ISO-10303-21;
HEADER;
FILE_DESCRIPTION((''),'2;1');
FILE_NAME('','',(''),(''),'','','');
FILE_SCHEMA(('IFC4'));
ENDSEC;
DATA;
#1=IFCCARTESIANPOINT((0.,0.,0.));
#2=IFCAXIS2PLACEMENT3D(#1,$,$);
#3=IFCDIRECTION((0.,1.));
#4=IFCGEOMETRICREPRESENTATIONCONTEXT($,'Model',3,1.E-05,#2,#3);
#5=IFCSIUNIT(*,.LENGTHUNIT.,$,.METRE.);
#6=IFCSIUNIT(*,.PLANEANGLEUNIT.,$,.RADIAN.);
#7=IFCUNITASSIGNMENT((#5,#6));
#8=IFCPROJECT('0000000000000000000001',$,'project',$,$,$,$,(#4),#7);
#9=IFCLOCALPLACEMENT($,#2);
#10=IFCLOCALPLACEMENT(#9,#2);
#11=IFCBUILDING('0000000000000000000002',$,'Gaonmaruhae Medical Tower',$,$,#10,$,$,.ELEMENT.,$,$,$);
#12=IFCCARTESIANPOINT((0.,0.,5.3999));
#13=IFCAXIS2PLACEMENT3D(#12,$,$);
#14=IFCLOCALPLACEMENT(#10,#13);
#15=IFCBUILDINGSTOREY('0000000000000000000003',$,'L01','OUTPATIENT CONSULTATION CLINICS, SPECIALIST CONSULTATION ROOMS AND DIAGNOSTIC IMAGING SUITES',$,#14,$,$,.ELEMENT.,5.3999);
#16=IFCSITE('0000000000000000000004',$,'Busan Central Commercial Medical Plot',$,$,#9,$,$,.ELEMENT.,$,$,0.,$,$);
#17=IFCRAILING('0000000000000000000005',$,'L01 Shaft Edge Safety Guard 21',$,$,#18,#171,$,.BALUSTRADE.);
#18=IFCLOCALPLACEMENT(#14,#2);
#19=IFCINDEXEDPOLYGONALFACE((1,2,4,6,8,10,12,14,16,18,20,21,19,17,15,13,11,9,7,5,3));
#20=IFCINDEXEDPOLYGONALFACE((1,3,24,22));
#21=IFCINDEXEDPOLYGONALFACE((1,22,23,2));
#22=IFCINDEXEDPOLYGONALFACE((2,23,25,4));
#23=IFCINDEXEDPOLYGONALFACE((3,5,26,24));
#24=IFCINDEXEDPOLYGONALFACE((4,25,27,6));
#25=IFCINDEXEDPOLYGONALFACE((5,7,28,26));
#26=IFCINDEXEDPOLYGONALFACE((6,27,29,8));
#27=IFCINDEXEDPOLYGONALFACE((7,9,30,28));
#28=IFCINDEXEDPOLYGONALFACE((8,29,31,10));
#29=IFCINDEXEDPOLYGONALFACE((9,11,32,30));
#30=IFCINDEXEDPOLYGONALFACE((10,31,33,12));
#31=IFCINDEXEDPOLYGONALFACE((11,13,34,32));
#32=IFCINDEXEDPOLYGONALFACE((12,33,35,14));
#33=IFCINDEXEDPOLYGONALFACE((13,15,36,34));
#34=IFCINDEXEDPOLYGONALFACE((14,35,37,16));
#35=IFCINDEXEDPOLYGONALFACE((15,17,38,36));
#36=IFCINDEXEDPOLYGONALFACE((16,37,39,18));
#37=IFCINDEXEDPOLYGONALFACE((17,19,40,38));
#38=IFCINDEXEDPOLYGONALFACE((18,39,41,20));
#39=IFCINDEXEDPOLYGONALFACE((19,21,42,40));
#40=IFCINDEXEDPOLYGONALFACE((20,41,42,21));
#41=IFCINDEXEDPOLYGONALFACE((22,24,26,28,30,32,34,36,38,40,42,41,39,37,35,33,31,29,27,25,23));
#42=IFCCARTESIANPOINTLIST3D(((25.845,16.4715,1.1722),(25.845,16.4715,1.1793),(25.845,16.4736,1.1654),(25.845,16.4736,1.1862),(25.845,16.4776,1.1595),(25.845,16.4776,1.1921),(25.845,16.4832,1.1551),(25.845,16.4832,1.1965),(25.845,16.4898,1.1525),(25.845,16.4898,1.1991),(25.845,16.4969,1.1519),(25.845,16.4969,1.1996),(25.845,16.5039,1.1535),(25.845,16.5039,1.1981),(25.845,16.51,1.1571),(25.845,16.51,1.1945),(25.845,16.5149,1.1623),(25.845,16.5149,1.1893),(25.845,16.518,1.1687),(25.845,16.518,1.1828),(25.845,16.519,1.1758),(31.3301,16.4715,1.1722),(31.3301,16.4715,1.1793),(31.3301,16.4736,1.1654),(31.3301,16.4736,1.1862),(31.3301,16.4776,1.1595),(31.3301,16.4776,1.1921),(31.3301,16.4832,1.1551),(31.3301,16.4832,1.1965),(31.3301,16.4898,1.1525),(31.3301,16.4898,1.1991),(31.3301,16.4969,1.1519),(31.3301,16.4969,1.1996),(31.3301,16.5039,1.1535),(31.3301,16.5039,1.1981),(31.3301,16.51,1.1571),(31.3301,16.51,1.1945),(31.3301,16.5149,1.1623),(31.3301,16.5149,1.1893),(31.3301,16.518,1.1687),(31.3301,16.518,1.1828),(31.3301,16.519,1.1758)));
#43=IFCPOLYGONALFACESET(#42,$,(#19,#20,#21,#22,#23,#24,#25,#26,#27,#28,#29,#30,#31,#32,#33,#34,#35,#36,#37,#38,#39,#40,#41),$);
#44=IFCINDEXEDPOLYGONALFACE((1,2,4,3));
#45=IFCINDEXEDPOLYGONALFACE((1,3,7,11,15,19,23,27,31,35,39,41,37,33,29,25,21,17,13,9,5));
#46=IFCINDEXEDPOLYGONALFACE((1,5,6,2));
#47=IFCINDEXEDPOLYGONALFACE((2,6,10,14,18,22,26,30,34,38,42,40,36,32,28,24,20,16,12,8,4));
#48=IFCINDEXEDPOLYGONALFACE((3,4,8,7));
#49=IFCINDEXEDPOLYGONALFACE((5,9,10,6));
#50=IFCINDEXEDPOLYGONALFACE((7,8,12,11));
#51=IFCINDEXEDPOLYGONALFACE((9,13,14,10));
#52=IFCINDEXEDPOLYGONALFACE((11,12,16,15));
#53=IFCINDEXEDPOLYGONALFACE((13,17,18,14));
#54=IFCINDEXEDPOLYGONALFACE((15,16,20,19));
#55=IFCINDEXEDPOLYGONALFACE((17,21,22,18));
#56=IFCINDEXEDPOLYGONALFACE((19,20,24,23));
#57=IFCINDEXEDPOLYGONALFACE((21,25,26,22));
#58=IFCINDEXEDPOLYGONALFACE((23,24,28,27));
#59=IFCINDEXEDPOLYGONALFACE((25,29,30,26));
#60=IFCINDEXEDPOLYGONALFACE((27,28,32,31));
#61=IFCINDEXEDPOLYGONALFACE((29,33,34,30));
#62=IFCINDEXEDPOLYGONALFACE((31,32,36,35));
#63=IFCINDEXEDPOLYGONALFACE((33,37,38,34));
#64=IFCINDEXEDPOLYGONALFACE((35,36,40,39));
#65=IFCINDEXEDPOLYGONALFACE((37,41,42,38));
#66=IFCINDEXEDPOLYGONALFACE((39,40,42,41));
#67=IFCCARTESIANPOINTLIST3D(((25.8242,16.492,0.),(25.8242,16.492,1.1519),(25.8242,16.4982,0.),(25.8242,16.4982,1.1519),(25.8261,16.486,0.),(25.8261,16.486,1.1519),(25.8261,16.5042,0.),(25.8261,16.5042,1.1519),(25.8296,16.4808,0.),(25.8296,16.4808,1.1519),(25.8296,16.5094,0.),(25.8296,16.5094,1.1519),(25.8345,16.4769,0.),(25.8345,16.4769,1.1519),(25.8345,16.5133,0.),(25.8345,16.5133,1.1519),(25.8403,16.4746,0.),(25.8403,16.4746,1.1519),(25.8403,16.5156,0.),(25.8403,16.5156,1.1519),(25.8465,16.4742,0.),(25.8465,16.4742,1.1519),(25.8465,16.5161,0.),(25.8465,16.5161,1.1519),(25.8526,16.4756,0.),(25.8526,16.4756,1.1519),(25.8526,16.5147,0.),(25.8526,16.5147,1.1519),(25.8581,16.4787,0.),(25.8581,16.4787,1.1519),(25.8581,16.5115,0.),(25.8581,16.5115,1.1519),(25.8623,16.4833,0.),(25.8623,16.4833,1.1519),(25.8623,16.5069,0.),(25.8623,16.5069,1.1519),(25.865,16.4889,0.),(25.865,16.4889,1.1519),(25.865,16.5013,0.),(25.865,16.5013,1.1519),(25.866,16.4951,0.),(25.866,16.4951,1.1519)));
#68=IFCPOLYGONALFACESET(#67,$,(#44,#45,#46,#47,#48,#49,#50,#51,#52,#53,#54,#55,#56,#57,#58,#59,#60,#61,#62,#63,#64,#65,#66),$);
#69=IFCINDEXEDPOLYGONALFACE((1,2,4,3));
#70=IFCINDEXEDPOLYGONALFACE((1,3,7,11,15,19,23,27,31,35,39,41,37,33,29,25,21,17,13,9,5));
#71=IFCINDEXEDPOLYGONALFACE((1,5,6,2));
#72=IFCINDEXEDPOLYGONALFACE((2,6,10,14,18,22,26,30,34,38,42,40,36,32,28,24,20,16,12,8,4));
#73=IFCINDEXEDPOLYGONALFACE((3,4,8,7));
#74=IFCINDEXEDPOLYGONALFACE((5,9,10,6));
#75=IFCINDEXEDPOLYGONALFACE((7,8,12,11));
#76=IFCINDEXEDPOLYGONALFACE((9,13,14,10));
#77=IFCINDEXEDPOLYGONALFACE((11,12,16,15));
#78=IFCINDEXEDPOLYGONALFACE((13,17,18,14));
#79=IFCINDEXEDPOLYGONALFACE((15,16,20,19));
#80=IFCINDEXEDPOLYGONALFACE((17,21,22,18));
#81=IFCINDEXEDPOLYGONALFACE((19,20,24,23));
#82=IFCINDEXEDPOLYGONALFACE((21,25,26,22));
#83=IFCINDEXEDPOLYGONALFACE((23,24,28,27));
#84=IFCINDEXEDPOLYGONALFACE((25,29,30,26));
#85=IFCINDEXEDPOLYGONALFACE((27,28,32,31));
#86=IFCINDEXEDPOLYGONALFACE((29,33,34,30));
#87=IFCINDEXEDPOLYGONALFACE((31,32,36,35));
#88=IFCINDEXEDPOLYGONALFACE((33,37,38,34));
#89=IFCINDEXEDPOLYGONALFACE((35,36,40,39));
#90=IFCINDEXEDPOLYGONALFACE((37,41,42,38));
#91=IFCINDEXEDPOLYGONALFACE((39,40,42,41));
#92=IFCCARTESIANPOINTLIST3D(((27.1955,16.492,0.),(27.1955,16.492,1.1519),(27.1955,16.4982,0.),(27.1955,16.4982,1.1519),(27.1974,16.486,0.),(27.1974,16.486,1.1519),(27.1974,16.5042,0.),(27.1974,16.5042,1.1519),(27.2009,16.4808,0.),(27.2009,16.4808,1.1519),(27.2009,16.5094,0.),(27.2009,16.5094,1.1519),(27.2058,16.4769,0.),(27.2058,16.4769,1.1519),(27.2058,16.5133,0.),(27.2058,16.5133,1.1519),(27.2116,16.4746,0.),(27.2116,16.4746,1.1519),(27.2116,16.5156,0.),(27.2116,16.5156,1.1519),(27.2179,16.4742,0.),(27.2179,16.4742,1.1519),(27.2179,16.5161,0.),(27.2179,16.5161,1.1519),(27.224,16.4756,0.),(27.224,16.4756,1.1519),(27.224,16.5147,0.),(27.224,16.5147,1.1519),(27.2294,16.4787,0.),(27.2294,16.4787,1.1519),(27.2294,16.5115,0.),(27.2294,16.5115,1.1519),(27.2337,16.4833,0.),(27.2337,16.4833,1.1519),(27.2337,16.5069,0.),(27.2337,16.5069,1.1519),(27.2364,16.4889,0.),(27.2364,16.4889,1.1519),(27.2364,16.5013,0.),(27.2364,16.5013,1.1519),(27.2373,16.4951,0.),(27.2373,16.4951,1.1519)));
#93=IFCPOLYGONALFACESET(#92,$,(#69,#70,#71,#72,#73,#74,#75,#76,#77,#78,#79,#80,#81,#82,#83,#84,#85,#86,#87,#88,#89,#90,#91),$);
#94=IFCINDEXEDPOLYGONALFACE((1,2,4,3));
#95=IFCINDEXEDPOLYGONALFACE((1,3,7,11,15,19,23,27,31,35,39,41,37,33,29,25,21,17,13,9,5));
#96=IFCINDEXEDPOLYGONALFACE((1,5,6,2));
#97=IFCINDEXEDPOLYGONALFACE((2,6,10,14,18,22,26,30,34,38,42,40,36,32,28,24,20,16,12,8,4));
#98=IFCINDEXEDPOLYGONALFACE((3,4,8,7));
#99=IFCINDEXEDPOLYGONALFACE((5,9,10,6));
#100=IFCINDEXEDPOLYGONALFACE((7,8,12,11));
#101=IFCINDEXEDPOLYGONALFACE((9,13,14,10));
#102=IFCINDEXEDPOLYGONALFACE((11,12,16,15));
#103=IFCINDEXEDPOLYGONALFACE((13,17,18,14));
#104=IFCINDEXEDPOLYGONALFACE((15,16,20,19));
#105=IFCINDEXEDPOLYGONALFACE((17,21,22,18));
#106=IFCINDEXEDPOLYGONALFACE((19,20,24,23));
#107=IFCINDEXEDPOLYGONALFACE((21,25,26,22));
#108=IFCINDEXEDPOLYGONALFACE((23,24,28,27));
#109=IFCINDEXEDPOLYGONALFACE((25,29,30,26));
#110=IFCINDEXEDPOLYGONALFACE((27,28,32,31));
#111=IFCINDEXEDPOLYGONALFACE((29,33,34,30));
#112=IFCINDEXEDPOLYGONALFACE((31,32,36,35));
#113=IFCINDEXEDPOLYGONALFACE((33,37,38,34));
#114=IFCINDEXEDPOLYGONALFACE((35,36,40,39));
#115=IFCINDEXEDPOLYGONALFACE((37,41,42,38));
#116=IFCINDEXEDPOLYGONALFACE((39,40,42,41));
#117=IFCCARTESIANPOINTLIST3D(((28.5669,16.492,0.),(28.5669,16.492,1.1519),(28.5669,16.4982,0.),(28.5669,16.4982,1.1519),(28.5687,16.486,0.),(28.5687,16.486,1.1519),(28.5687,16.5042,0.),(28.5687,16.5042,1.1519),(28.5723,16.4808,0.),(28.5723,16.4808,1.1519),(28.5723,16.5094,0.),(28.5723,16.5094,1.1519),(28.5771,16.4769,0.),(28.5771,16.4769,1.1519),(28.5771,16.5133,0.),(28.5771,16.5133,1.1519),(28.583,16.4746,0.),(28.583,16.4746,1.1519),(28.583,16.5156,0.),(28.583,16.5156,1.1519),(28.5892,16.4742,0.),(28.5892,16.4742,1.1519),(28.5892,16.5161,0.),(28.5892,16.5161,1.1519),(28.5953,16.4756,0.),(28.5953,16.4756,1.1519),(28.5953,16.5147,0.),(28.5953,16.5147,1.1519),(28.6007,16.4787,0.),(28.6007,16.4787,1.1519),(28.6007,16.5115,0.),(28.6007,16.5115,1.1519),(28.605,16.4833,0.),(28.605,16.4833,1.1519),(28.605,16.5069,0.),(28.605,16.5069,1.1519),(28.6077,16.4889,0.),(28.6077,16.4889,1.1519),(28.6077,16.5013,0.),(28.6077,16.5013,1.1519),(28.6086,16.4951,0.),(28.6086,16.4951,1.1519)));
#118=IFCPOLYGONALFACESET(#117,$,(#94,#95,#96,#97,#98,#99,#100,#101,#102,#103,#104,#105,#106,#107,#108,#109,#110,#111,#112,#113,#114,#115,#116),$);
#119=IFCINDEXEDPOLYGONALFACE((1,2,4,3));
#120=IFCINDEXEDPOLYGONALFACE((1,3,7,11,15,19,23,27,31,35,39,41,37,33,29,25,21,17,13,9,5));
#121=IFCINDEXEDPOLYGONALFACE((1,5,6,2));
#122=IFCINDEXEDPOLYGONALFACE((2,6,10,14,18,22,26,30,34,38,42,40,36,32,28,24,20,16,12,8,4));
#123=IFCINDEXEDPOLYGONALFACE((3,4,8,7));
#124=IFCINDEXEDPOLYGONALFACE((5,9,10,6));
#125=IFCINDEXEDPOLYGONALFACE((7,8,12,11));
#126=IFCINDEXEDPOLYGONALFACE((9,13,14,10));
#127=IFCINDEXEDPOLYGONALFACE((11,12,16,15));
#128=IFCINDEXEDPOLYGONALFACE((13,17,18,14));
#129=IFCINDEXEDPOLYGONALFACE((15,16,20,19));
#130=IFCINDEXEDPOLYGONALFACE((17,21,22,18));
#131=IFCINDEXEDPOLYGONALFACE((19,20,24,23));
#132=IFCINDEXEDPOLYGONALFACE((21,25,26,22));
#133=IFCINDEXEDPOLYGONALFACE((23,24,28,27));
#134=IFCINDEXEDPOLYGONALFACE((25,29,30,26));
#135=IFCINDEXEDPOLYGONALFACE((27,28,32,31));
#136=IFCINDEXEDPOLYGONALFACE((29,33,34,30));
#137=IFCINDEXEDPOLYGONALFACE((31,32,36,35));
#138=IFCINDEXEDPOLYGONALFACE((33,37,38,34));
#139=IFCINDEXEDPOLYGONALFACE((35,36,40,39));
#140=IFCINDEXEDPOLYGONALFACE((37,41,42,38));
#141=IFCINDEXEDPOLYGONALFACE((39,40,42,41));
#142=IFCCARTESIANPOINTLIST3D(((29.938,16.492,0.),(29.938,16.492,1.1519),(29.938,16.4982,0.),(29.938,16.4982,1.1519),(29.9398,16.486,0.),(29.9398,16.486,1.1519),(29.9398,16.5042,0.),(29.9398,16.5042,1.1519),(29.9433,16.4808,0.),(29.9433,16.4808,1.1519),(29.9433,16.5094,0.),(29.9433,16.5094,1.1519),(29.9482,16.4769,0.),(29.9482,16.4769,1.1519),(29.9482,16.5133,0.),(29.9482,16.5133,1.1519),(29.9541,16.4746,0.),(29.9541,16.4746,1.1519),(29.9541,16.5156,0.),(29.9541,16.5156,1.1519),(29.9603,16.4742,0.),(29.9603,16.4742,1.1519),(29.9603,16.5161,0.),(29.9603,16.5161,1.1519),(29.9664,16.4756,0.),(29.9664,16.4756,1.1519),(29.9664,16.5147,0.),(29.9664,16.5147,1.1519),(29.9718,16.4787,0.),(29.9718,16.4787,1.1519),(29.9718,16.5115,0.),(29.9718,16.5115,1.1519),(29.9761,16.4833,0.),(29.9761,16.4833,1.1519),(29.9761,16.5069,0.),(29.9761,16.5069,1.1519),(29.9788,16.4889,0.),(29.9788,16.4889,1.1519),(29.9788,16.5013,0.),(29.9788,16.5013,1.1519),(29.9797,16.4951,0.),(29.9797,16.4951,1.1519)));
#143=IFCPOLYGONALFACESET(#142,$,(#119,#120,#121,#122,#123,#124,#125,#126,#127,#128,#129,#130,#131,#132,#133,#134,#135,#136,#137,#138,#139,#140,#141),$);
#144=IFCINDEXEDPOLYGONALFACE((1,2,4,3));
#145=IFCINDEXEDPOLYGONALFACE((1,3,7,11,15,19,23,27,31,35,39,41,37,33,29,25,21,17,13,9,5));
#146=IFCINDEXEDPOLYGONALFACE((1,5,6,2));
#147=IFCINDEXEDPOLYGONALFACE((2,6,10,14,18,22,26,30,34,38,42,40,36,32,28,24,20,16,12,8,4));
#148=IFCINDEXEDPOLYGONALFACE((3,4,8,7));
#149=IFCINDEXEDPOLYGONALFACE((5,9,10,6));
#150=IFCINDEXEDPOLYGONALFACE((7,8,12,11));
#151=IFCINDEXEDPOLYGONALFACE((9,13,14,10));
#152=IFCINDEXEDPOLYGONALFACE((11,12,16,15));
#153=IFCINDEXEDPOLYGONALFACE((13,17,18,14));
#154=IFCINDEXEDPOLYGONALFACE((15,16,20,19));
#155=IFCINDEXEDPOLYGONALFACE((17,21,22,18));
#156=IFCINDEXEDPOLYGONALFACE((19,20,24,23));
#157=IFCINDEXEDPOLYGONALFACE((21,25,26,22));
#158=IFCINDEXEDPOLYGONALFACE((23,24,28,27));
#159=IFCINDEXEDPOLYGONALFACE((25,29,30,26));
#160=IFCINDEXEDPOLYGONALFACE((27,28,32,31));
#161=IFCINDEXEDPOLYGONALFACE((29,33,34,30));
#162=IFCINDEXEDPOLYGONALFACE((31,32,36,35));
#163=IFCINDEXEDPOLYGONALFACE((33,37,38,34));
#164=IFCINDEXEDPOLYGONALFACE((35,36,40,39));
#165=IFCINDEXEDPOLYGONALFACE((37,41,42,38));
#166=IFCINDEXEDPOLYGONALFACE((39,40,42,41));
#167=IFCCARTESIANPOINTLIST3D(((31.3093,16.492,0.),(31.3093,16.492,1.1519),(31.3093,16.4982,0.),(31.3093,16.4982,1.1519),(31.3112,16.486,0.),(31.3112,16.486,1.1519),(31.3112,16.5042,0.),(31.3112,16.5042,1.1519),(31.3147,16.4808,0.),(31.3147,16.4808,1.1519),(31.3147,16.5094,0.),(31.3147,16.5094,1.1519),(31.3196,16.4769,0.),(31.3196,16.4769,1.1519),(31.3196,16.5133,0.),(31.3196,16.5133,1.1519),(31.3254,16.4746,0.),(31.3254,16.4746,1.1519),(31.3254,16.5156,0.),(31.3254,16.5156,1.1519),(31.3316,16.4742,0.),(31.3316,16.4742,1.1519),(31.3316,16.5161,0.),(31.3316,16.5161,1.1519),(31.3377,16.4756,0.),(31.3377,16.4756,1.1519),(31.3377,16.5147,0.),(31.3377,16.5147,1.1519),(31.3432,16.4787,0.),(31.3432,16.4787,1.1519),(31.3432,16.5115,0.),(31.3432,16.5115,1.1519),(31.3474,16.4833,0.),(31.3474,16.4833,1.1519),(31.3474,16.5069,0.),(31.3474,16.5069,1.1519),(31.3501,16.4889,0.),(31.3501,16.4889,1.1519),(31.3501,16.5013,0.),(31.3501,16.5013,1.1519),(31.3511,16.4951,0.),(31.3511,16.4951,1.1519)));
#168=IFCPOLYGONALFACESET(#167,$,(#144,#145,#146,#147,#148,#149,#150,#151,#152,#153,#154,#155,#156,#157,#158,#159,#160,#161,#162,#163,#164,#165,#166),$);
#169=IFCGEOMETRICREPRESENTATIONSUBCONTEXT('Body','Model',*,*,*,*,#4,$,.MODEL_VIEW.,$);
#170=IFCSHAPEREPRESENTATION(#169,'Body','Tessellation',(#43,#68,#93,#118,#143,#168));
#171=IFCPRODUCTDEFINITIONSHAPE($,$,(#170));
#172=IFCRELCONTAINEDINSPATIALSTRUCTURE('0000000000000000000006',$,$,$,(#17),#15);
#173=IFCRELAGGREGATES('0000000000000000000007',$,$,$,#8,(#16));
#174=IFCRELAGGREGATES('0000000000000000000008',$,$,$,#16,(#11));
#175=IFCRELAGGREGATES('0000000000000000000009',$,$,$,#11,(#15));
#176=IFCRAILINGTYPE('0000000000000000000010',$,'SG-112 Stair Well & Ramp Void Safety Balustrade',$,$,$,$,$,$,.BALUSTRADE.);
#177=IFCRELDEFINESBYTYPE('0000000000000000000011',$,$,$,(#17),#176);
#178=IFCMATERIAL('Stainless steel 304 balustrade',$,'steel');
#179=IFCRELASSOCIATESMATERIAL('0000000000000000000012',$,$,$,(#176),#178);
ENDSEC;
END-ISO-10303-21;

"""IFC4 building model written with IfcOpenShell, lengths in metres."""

from ifc_helpers import new_model, si_unit, direction, frame, origin, origin_2d, place, context, subcontext, project, spatial, circle, extrude, material, type_object, element, save


model = new_model("IFC4")

# Units and contexts
model_context = context("Model", 3, precision=1e-05, world=origin(), true_north=direction((0.0, 1.0)))
body_context = subcontext(model_context, "Body", "Model", "MODEL_VIEW")
ifc_project = project(units=[si_unit("LENGTHUNIT", "METRE"), si_unit("PLANEANGLEUNIT", "RADIAN")], contexts=[model_context])

# Site, building, storey
site_placement = place(None, origin())
site = spatial("IfcSite", under=ifc_project, at=site_placement, Name="Busan Central Commercial Medical Plot", CompositionType="ELEMENT", RefElevation=0.0)
building_placement = place(site_placement, origin())
building = spatial("IfcBuilding", under=site, at=building_placement, Name="Gaonmaruhae Medical Tower", CompositionType="ELEMENT")
storey_placement = place(building_placement, frame((0.0, 0.0, 5.3999)))
storey = spatial("IfcBuildingStorey", under=building, at=storey_placement, Name="L01", Description="OUTPATIENT CONSULTATION CLINICS, SPECIALIST CONSULTATION ROOMS AND DIAGNOSTIC IMAGING SUITES", CompositionType="ELEMENT", Elevation=5.3999)

# Railing
ifc_material_1 = material(Name="Stainless steel 304 balustrade", Category="steel")
railing_type_1 = type_object("IfcRailingType", Name="SG-112 Stair Well & Ramp Void Safety Balustrade", PredefinedType="BALUSTRADE", material=ifc_material_1)
railing_1_placement = place(storey_placement, frame((25.845, 16.4951, 0.0)))
element("IfcRailing", 1, at=railing_1_placement, inside=storey, type_object=railing_type_1, Name="L01 Shaft Edge Safety Guard 21", PredefinedType="BALUSTRADE", context=body_context, shape_type="SweptSolid", body=[
    extrude(circle(Radius=0.0239, at=origin_2d()), frame((0.0, 0.0, 1.1758), z_axis=(1.0, 0.0, 0.0), x_axis=(0.0, 1.0, 0.0)), (0.0, 0.0, 1.0), 5.4851),
    extrude(circle(Radius=0.021, at=origin_2d()), origin(), (0.0, 0.0, 1.0), 1.1519),
    extrude(circle(Radius=0.021, at=origin_2d()), frame((1.3713, 0.0, 0.0)), (0.0, 0.0, 1.0), 1.1519),
    extrude(circle(Radius=0.021, at=origin_2d()), frame((2.7427, 0.0, 0.0)), (0.0, 0.0, 1.0), 1.1519),
    extrude(circle(Radius=0.021, at=origin_2d()), frame((4.1138, 0.0, 0.0)), (0.0, 0.0, 1.0), 1.1519),
    extrude(circle(Radius=0.021, at=origin_2d()), frame((5.4851, 0.0, 0.0)), (0.0, 0.0, 1.0), 1.1519),
])

save(model, "model.ifc")
